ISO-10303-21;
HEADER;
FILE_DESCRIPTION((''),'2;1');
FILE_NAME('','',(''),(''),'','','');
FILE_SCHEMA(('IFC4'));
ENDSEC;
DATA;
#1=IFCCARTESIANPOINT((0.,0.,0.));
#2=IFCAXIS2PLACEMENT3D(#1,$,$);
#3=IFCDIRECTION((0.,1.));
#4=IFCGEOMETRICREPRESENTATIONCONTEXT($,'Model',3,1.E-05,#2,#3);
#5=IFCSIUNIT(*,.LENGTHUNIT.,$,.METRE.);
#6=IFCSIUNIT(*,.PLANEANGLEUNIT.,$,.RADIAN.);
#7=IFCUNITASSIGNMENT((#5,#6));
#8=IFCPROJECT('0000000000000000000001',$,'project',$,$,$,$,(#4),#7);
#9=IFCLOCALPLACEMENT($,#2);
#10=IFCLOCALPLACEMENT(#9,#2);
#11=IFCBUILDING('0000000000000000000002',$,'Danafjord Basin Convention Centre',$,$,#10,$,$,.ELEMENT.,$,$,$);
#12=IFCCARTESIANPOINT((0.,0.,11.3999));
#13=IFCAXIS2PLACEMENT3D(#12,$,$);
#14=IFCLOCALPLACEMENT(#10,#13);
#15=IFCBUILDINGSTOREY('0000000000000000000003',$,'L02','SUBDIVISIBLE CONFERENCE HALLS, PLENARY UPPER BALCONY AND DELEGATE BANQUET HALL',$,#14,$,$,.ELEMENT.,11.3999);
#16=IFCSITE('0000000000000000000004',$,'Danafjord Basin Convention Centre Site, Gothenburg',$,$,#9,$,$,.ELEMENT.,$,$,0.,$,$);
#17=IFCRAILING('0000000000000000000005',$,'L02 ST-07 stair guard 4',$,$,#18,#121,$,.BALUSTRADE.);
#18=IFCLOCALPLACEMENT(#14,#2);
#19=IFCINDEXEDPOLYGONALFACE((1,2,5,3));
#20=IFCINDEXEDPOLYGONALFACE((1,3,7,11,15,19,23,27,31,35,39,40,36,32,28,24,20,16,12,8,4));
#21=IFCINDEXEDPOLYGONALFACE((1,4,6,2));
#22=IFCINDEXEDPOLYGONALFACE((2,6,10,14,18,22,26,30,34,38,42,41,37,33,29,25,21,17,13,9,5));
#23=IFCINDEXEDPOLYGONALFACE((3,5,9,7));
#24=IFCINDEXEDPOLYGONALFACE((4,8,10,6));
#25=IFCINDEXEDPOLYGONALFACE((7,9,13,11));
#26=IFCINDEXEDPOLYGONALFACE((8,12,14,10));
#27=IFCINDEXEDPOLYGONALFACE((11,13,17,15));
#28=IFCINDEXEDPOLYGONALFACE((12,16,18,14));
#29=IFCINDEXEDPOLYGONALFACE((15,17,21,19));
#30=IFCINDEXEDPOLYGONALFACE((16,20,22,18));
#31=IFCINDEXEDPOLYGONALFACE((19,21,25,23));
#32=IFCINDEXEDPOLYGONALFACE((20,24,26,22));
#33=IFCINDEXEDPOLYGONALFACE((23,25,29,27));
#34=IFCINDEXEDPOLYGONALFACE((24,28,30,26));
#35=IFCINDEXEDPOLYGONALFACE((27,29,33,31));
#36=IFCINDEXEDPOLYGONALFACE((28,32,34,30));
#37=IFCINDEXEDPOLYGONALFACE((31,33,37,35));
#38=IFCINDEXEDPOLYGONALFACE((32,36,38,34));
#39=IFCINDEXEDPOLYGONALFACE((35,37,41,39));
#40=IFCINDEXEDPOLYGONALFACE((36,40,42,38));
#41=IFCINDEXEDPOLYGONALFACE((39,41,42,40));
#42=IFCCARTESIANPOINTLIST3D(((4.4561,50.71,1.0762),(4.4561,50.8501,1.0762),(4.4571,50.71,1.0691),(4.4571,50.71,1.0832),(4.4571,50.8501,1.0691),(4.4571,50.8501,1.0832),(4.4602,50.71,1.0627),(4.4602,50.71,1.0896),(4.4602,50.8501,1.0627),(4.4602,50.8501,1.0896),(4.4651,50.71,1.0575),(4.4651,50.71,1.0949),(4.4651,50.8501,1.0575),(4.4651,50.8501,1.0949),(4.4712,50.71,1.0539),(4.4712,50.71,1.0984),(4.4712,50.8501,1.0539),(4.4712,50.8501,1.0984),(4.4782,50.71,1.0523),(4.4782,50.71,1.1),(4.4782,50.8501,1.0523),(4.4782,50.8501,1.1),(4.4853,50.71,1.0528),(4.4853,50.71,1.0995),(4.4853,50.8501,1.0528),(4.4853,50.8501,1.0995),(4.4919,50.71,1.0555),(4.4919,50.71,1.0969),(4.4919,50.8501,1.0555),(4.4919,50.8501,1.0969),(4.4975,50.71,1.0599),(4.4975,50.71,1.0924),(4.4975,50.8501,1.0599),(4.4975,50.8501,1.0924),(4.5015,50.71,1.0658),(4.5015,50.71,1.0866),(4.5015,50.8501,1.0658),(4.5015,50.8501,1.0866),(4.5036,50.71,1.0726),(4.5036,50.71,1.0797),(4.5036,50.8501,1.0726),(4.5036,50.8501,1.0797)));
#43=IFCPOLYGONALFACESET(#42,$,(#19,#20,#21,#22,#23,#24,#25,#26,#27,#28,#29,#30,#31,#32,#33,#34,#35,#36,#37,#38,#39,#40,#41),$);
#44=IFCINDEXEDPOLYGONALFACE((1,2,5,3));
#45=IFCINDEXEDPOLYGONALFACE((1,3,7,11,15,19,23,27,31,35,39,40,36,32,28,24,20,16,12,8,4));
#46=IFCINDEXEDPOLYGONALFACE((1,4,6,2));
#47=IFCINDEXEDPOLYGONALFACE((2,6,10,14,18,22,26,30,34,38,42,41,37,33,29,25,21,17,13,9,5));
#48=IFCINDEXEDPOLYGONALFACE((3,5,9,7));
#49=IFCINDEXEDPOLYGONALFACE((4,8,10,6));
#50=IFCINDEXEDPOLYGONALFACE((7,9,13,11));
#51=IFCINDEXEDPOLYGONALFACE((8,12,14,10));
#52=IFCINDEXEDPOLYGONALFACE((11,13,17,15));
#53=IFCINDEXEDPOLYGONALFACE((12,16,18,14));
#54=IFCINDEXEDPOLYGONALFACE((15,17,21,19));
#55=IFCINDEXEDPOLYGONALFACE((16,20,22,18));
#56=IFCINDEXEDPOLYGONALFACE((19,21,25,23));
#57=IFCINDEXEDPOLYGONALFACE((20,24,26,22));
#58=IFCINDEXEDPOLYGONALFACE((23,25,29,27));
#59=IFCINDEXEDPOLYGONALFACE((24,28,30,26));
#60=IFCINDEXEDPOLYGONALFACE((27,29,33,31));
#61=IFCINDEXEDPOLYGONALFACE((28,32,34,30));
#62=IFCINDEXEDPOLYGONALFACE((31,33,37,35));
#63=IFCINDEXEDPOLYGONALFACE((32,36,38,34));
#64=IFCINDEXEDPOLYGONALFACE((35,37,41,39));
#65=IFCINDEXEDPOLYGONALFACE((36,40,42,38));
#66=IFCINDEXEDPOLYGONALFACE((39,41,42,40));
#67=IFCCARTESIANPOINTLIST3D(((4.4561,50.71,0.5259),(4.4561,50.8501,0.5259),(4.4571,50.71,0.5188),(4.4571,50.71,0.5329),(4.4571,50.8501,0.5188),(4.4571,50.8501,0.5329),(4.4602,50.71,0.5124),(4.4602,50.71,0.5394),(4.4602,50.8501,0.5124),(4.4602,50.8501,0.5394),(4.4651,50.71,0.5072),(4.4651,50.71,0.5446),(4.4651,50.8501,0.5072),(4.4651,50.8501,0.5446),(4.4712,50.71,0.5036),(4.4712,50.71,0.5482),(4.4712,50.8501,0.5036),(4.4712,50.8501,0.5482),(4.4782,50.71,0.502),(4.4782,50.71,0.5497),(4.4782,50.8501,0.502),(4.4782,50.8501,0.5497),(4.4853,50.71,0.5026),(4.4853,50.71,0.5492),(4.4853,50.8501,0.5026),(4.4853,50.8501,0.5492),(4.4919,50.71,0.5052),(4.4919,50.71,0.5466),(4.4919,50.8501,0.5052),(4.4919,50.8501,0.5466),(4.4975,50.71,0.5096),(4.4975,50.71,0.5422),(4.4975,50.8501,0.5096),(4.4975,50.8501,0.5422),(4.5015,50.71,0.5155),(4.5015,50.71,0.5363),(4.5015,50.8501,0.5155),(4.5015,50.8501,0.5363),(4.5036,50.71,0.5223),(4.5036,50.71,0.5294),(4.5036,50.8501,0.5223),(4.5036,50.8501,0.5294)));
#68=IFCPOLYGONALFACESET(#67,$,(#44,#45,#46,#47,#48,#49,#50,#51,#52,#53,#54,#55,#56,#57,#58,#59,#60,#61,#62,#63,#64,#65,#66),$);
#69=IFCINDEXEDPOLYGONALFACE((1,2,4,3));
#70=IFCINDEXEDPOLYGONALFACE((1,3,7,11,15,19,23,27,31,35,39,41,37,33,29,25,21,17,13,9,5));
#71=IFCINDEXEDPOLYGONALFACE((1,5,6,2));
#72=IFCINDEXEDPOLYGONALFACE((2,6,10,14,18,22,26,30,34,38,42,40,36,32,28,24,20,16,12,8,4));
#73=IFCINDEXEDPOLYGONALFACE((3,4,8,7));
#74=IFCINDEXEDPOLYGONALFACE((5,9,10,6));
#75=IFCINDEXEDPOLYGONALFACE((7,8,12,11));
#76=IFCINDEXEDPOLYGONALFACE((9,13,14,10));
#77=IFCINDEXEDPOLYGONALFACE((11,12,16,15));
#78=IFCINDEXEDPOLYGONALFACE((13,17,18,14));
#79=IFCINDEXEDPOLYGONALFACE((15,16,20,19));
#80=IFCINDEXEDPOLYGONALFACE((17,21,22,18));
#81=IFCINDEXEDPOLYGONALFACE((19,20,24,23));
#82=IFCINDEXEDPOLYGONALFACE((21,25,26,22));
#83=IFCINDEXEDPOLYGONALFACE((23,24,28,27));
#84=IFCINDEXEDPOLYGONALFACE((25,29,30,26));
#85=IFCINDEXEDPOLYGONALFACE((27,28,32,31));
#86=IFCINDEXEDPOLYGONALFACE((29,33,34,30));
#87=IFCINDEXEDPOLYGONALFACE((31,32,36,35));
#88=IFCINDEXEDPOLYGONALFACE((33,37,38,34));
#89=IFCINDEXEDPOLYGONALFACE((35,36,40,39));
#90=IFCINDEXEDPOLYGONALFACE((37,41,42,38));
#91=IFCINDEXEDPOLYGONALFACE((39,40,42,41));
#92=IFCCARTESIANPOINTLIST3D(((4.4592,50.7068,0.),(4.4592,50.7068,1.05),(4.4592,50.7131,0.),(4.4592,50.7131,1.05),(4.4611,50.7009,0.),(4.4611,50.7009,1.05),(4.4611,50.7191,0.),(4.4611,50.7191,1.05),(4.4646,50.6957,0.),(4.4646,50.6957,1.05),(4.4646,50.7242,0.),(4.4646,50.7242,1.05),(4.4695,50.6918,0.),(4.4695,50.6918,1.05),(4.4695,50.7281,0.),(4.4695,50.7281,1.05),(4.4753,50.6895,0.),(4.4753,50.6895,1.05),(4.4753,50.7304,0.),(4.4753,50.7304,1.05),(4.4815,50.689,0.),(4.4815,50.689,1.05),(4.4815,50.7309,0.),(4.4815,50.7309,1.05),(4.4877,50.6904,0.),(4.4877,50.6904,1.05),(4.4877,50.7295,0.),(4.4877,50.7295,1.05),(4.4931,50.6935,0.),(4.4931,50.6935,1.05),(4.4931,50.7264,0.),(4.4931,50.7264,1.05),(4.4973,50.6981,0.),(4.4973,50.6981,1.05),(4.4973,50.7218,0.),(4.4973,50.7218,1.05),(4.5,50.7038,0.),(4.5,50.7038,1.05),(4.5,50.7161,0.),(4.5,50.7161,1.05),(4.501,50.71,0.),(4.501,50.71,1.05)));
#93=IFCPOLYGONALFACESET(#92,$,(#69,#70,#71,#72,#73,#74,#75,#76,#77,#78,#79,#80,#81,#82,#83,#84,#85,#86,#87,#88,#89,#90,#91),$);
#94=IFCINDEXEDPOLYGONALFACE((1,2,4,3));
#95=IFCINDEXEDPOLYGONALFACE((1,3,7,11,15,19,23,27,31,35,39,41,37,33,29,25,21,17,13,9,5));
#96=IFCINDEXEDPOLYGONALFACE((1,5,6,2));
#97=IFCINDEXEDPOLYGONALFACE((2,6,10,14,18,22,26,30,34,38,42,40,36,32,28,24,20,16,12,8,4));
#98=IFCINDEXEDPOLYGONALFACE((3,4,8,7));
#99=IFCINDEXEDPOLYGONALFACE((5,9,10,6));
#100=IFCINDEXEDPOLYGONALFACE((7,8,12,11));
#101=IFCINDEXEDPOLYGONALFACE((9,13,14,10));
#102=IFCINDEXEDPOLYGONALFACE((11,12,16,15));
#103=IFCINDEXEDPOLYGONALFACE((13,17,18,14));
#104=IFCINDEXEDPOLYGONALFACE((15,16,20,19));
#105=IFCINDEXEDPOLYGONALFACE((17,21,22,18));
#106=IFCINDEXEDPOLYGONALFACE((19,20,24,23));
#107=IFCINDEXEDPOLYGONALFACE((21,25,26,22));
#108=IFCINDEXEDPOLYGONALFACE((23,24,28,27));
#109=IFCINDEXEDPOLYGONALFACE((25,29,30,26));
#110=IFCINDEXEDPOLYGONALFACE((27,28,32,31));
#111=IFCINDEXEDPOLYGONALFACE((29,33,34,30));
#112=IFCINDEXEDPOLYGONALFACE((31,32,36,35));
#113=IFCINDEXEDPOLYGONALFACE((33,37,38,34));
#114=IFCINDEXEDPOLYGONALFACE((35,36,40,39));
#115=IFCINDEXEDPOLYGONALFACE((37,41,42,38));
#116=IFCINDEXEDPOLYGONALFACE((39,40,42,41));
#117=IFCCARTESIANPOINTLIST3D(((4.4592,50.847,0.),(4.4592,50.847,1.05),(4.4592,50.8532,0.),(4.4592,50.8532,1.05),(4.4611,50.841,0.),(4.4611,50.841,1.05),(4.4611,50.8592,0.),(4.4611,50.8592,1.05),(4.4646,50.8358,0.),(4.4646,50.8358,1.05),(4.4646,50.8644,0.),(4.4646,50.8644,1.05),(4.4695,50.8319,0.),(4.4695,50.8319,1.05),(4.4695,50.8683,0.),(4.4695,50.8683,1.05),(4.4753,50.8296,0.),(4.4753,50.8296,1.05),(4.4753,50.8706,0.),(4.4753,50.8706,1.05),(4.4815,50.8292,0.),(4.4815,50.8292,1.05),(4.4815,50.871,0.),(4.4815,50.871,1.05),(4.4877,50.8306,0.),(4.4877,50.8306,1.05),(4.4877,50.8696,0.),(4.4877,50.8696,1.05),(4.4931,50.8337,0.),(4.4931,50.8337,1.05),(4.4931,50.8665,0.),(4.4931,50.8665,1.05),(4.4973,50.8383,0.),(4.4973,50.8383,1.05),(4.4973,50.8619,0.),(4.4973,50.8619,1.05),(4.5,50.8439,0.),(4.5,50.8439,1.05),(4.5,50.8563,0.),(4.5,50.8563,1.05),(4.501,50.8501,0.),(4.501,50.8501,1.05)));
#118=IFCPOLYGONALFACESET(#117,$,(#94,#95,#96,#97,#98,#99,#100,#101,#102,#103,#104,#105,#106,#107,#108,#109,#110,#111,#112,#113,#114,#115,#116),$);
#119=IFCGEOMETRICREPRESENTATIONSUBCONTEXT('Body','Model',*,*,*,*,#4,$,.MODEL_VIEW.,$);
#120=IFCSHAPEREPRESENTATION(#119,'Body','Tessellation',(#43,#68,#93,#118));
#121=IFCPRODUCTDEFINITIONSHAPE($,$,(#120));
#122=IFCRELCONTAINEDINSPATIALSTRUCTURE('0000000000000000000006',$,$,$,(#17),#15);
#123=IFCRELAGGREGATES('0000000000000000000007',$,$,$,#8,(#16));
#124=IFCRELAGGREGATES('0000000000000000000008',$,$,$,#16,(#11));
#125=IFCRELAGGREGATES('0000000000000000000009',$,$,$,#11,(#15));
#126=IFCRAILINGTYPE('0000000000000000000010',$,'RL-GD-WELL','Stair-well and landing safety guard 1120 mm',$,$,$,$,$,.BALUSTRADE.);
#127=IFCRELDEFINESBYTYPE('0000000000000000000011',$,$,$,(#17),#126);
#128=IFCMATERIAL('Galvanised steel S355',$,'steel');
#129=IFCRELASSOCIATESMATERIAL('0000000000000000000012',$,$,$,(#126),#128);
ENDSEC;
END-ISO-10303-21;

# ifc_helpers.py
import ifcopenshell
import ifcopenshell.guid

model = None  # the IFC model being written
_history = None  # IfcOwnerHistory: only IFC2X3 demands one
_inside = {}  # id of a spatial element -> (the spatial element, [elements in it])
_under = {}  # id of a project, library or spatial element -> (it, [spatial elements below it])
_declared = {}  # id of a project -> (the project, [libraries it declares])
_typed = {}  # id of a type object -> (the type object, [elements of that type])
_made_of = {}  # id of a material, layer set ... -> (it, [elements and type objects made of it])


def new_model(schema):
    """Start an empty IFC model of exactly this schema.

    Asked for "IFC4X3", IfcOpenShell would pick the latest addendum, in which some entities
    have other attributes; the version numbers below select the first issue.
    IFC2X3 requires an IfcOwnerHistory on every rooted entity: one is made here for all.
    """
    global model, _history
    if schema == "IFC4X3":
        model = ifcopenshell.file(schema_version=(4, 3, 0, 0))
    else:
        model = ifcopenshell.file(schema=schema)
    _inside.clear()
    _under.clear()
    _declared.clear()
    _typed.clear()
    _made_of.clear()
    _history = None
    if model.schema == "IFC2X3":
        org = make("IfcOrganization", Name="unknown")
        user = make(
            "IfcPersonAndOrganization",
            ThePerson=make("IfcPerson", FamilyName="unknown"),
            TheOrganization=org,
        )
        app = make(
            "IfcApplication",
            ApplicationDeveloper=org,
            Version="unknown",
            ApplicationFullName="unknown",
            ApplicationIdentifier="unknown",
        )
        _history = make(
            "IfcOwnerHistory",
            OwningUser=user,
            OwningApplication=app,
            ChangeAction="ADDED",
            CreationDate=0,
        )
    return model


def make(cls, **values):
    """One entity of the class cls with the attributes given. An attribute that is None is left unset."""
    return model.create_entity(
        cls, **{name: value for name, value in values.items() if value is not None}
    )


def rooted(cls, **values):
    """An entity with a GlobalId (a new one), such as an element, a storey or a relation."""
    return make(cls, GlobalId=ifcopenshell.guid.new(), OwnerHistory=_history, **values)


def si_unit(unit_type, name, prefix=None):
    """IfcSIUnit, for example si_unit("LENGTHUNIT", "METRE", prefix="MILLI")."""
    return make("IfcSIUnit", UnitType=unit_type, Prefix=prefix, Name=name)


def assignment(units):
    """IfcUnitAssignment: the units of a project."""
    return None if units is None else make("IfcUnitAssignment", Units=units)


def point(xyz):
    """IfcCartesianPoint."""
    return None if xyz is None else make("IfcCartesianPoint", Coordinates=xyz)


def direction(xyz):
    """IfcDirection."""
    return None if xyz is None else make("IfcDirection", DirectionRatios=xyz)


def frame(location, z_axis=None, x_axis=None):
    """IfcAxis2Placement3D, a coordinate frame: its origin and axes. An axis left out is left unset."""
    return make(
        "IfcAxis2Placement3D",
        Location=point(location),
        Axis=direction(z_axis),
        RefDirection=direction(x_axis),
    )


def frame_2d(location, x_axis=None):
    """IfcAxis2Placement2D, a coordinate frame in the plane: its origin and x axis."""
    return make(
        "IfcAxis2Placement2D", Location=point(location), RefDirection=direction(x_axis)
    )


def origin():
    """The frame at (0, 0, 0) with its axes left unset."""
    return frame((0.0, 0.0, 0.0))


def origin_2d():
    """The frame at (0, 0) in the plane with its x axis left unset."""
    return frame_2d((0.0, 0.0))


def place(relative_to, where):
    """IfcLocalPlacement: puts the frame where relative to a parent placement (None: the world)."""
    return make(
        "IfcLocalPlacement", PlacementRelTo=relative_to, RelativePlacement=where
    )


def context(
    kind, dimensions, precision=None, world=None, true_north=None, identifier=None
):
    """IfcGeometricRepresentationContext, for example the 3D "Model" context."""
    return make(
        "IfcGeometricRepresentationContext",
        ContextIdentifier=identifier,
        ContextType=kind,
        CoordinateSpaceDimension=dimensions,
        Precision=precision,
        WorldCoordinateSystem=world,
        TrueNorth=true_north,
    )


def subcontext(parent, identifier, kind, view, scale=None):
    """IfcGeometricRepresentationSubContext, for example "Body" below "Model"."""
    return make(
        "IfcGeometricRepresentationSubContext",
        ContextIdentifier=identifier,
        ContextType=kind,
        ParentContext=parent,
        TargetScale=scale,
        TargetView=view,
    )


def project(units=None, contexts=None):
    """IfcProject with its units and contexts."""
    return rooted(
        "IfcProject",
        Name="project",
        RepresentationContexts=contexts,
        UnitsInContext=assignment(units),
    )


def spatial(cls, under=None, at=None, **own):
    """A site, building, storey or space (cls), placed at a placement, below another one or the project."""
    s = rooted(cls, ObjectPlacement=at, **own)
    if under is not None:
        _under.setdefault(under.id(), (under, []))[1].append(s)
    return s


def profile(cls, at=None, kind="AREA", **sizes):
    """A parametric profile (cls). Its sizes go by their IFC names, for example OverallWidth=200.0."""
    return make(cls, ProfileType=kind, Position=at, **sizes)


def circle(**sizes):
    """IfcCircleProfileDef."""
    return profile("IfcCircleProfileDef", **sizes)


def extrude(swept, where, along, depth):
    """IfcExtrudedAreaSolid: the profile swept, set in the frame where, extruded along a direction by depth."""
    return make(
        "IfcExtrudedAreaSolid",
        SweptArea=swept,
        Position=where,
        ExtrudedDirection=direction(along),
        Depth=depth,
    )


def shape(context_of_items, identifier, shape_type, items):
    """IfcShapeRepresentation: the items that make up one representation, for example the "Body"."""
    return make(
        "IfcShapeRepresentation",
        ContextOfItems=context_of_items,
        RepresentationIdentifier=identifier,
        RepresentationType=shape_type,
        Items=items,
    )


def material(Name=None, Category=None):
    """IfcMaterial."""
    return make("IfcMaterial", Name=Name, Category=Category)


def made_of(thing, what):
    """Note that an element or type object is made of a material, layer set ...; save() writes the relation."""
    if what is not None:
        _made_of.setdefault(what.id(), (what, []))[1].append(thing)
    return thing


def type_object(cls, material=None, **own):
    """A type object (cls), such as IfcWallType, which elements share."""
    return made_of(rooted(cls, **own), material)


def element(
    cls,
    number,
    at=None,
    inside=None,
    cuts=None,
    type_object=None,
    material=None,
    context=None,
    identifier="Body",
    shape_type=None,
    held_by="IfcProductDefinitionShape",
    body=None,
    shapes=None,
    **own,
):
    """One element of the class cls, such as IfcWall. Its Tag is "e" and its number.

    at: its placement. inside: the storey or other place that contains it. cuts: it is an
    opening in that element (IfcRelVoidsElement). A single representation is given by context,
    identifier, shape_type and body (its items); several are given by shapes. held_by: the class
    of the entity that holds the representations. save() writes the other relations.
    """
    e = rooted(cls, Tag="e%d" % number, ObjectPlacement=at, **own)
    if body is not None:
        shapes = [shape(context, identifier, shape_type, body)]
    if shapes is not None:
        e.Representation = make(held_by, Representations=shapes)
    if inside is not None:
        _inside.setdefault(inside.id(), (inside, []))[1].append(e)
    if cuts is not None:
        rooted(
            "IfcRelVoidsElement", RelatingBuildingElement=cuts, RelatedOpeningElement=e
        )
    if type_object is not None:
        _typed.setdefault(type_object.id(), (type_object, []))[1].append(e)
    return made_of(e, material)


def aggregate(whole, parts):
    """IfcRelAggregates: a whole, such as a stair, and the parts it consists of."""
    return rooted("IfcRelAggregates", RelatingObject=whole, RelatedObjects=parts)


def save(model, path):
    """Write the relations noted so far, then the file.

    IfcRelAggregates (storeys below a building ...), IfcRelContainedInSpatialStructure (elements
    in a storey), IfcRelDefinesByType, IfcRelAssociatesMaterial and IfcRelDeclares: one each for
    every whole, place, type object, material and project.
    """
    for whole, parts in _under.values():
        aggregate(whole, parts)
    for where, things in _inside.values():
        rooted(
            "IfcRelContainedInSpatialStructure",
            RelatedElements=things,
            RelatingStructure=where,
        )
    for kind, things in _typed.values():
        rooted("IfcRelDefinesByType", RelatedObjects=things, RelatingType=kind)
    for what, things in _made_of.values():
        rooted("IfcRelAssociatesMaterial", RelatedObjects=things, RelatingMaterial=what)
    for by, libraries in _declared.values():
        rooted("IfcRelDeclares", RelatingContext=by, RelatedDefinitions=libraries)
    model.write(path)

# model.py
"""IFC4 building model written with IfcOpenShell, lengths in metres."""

from ifc_helpers import new_model, si_unit, direction, frame, origin, origin_2d, place, context, subcontext, project, spatial, circle, extrude, material, type_object, element, save


model = new_model("IFC4")

# Units and contexts
model_context = context("Model", 3, precision=1e-05, world=origin(), true_north=direction((0.0, 1.0)))
body_context = subcontext(model_context, "Body", "Model", "MODEL_VIEW")
ifc_project = project(units=[si_unit("LENGTHUNIT", "METRE"), si_unit("PLANEANGLEUNIT", "RADIAN")], contexts=[model_context])

# Site, building, storey
site_placement = place(None, origin())
site = spatial("IfcSite", under=ifc_project, at=site_placement, Name="Danafjord Basin Convention Centre Site, Gothenburg", CompositionType="ELEMENT", RefElevation=0.0)
building_placement = place(site_placement, origin())
building = spatial("IfcBuilding", under=site, at=building_placement, Name="Danafjord Basin Convention Centre", CompositionType="ELEMENT")
storey_placement = place(building_placement, frame((0.0, 0.0, 11.3999)))
storey = spatial("IfcBuildingStorey", under=building, at=storey_placement, Name="L02", Description="SUBDIVISIBLE CONFERENCE HALLS, PLENARY UPPER BALCONY AND DELEGATE BANQUET HALL", CompositionType="ELEMENT", Elevation=11.3999)

# Railing
ifc_material_1 = material(Name="Galvanised steel S355", Category="steel")
railing_type_1 = type_object("IfcRailingType", Name="RL-GD-WELL", Description="Stair-well and landing safety guard 1120 mm", PredefinedType="BALUSTRADE", material=ifc_material_1)
railing_1_placement = place(storey_placement, frame((4.48, 50.71, 0.0)))
element("IfcRailing", 1, at=railing_1_placement, inside=storey, type_object=railing_type_1, Name="L02 ST-07 stair guard 4", PredefinedType="BALUSTRADE", context=body_context, shape_type="SweptSolid", body=[
    extrude(circle(Radius=0.0239, at=origin_2d()), frame((0.0, 0.0, 1.0762), z_axis=(0.0, 1.0, 0.0), x_axis=(-1.0, 0.0, 0.0)), (0.0, 0.0, 1.0), 0.1401),
    extrude(circle(Radius=0.0239, at=origin_2d()), frame((0.0, 0.0, 0.5259), z_axis=(0.0, 1.0, 0.0), x_axis=(-1.0, 0.0, 0.0)), (0.0, 0.0, 1.0), 0.1401),
    extrude(circle(Radius=0.021, at=origin_2d()), origin(), (0.0, 0.0, 1.0), 1.05),
    extrude(circle(Radius=0.021, at=origin_2d()), frame((0.0, 0.1401, 0.0)), (0.0, 0.0, 1.0), 1.05),
])

save(model, "model.ifc")
